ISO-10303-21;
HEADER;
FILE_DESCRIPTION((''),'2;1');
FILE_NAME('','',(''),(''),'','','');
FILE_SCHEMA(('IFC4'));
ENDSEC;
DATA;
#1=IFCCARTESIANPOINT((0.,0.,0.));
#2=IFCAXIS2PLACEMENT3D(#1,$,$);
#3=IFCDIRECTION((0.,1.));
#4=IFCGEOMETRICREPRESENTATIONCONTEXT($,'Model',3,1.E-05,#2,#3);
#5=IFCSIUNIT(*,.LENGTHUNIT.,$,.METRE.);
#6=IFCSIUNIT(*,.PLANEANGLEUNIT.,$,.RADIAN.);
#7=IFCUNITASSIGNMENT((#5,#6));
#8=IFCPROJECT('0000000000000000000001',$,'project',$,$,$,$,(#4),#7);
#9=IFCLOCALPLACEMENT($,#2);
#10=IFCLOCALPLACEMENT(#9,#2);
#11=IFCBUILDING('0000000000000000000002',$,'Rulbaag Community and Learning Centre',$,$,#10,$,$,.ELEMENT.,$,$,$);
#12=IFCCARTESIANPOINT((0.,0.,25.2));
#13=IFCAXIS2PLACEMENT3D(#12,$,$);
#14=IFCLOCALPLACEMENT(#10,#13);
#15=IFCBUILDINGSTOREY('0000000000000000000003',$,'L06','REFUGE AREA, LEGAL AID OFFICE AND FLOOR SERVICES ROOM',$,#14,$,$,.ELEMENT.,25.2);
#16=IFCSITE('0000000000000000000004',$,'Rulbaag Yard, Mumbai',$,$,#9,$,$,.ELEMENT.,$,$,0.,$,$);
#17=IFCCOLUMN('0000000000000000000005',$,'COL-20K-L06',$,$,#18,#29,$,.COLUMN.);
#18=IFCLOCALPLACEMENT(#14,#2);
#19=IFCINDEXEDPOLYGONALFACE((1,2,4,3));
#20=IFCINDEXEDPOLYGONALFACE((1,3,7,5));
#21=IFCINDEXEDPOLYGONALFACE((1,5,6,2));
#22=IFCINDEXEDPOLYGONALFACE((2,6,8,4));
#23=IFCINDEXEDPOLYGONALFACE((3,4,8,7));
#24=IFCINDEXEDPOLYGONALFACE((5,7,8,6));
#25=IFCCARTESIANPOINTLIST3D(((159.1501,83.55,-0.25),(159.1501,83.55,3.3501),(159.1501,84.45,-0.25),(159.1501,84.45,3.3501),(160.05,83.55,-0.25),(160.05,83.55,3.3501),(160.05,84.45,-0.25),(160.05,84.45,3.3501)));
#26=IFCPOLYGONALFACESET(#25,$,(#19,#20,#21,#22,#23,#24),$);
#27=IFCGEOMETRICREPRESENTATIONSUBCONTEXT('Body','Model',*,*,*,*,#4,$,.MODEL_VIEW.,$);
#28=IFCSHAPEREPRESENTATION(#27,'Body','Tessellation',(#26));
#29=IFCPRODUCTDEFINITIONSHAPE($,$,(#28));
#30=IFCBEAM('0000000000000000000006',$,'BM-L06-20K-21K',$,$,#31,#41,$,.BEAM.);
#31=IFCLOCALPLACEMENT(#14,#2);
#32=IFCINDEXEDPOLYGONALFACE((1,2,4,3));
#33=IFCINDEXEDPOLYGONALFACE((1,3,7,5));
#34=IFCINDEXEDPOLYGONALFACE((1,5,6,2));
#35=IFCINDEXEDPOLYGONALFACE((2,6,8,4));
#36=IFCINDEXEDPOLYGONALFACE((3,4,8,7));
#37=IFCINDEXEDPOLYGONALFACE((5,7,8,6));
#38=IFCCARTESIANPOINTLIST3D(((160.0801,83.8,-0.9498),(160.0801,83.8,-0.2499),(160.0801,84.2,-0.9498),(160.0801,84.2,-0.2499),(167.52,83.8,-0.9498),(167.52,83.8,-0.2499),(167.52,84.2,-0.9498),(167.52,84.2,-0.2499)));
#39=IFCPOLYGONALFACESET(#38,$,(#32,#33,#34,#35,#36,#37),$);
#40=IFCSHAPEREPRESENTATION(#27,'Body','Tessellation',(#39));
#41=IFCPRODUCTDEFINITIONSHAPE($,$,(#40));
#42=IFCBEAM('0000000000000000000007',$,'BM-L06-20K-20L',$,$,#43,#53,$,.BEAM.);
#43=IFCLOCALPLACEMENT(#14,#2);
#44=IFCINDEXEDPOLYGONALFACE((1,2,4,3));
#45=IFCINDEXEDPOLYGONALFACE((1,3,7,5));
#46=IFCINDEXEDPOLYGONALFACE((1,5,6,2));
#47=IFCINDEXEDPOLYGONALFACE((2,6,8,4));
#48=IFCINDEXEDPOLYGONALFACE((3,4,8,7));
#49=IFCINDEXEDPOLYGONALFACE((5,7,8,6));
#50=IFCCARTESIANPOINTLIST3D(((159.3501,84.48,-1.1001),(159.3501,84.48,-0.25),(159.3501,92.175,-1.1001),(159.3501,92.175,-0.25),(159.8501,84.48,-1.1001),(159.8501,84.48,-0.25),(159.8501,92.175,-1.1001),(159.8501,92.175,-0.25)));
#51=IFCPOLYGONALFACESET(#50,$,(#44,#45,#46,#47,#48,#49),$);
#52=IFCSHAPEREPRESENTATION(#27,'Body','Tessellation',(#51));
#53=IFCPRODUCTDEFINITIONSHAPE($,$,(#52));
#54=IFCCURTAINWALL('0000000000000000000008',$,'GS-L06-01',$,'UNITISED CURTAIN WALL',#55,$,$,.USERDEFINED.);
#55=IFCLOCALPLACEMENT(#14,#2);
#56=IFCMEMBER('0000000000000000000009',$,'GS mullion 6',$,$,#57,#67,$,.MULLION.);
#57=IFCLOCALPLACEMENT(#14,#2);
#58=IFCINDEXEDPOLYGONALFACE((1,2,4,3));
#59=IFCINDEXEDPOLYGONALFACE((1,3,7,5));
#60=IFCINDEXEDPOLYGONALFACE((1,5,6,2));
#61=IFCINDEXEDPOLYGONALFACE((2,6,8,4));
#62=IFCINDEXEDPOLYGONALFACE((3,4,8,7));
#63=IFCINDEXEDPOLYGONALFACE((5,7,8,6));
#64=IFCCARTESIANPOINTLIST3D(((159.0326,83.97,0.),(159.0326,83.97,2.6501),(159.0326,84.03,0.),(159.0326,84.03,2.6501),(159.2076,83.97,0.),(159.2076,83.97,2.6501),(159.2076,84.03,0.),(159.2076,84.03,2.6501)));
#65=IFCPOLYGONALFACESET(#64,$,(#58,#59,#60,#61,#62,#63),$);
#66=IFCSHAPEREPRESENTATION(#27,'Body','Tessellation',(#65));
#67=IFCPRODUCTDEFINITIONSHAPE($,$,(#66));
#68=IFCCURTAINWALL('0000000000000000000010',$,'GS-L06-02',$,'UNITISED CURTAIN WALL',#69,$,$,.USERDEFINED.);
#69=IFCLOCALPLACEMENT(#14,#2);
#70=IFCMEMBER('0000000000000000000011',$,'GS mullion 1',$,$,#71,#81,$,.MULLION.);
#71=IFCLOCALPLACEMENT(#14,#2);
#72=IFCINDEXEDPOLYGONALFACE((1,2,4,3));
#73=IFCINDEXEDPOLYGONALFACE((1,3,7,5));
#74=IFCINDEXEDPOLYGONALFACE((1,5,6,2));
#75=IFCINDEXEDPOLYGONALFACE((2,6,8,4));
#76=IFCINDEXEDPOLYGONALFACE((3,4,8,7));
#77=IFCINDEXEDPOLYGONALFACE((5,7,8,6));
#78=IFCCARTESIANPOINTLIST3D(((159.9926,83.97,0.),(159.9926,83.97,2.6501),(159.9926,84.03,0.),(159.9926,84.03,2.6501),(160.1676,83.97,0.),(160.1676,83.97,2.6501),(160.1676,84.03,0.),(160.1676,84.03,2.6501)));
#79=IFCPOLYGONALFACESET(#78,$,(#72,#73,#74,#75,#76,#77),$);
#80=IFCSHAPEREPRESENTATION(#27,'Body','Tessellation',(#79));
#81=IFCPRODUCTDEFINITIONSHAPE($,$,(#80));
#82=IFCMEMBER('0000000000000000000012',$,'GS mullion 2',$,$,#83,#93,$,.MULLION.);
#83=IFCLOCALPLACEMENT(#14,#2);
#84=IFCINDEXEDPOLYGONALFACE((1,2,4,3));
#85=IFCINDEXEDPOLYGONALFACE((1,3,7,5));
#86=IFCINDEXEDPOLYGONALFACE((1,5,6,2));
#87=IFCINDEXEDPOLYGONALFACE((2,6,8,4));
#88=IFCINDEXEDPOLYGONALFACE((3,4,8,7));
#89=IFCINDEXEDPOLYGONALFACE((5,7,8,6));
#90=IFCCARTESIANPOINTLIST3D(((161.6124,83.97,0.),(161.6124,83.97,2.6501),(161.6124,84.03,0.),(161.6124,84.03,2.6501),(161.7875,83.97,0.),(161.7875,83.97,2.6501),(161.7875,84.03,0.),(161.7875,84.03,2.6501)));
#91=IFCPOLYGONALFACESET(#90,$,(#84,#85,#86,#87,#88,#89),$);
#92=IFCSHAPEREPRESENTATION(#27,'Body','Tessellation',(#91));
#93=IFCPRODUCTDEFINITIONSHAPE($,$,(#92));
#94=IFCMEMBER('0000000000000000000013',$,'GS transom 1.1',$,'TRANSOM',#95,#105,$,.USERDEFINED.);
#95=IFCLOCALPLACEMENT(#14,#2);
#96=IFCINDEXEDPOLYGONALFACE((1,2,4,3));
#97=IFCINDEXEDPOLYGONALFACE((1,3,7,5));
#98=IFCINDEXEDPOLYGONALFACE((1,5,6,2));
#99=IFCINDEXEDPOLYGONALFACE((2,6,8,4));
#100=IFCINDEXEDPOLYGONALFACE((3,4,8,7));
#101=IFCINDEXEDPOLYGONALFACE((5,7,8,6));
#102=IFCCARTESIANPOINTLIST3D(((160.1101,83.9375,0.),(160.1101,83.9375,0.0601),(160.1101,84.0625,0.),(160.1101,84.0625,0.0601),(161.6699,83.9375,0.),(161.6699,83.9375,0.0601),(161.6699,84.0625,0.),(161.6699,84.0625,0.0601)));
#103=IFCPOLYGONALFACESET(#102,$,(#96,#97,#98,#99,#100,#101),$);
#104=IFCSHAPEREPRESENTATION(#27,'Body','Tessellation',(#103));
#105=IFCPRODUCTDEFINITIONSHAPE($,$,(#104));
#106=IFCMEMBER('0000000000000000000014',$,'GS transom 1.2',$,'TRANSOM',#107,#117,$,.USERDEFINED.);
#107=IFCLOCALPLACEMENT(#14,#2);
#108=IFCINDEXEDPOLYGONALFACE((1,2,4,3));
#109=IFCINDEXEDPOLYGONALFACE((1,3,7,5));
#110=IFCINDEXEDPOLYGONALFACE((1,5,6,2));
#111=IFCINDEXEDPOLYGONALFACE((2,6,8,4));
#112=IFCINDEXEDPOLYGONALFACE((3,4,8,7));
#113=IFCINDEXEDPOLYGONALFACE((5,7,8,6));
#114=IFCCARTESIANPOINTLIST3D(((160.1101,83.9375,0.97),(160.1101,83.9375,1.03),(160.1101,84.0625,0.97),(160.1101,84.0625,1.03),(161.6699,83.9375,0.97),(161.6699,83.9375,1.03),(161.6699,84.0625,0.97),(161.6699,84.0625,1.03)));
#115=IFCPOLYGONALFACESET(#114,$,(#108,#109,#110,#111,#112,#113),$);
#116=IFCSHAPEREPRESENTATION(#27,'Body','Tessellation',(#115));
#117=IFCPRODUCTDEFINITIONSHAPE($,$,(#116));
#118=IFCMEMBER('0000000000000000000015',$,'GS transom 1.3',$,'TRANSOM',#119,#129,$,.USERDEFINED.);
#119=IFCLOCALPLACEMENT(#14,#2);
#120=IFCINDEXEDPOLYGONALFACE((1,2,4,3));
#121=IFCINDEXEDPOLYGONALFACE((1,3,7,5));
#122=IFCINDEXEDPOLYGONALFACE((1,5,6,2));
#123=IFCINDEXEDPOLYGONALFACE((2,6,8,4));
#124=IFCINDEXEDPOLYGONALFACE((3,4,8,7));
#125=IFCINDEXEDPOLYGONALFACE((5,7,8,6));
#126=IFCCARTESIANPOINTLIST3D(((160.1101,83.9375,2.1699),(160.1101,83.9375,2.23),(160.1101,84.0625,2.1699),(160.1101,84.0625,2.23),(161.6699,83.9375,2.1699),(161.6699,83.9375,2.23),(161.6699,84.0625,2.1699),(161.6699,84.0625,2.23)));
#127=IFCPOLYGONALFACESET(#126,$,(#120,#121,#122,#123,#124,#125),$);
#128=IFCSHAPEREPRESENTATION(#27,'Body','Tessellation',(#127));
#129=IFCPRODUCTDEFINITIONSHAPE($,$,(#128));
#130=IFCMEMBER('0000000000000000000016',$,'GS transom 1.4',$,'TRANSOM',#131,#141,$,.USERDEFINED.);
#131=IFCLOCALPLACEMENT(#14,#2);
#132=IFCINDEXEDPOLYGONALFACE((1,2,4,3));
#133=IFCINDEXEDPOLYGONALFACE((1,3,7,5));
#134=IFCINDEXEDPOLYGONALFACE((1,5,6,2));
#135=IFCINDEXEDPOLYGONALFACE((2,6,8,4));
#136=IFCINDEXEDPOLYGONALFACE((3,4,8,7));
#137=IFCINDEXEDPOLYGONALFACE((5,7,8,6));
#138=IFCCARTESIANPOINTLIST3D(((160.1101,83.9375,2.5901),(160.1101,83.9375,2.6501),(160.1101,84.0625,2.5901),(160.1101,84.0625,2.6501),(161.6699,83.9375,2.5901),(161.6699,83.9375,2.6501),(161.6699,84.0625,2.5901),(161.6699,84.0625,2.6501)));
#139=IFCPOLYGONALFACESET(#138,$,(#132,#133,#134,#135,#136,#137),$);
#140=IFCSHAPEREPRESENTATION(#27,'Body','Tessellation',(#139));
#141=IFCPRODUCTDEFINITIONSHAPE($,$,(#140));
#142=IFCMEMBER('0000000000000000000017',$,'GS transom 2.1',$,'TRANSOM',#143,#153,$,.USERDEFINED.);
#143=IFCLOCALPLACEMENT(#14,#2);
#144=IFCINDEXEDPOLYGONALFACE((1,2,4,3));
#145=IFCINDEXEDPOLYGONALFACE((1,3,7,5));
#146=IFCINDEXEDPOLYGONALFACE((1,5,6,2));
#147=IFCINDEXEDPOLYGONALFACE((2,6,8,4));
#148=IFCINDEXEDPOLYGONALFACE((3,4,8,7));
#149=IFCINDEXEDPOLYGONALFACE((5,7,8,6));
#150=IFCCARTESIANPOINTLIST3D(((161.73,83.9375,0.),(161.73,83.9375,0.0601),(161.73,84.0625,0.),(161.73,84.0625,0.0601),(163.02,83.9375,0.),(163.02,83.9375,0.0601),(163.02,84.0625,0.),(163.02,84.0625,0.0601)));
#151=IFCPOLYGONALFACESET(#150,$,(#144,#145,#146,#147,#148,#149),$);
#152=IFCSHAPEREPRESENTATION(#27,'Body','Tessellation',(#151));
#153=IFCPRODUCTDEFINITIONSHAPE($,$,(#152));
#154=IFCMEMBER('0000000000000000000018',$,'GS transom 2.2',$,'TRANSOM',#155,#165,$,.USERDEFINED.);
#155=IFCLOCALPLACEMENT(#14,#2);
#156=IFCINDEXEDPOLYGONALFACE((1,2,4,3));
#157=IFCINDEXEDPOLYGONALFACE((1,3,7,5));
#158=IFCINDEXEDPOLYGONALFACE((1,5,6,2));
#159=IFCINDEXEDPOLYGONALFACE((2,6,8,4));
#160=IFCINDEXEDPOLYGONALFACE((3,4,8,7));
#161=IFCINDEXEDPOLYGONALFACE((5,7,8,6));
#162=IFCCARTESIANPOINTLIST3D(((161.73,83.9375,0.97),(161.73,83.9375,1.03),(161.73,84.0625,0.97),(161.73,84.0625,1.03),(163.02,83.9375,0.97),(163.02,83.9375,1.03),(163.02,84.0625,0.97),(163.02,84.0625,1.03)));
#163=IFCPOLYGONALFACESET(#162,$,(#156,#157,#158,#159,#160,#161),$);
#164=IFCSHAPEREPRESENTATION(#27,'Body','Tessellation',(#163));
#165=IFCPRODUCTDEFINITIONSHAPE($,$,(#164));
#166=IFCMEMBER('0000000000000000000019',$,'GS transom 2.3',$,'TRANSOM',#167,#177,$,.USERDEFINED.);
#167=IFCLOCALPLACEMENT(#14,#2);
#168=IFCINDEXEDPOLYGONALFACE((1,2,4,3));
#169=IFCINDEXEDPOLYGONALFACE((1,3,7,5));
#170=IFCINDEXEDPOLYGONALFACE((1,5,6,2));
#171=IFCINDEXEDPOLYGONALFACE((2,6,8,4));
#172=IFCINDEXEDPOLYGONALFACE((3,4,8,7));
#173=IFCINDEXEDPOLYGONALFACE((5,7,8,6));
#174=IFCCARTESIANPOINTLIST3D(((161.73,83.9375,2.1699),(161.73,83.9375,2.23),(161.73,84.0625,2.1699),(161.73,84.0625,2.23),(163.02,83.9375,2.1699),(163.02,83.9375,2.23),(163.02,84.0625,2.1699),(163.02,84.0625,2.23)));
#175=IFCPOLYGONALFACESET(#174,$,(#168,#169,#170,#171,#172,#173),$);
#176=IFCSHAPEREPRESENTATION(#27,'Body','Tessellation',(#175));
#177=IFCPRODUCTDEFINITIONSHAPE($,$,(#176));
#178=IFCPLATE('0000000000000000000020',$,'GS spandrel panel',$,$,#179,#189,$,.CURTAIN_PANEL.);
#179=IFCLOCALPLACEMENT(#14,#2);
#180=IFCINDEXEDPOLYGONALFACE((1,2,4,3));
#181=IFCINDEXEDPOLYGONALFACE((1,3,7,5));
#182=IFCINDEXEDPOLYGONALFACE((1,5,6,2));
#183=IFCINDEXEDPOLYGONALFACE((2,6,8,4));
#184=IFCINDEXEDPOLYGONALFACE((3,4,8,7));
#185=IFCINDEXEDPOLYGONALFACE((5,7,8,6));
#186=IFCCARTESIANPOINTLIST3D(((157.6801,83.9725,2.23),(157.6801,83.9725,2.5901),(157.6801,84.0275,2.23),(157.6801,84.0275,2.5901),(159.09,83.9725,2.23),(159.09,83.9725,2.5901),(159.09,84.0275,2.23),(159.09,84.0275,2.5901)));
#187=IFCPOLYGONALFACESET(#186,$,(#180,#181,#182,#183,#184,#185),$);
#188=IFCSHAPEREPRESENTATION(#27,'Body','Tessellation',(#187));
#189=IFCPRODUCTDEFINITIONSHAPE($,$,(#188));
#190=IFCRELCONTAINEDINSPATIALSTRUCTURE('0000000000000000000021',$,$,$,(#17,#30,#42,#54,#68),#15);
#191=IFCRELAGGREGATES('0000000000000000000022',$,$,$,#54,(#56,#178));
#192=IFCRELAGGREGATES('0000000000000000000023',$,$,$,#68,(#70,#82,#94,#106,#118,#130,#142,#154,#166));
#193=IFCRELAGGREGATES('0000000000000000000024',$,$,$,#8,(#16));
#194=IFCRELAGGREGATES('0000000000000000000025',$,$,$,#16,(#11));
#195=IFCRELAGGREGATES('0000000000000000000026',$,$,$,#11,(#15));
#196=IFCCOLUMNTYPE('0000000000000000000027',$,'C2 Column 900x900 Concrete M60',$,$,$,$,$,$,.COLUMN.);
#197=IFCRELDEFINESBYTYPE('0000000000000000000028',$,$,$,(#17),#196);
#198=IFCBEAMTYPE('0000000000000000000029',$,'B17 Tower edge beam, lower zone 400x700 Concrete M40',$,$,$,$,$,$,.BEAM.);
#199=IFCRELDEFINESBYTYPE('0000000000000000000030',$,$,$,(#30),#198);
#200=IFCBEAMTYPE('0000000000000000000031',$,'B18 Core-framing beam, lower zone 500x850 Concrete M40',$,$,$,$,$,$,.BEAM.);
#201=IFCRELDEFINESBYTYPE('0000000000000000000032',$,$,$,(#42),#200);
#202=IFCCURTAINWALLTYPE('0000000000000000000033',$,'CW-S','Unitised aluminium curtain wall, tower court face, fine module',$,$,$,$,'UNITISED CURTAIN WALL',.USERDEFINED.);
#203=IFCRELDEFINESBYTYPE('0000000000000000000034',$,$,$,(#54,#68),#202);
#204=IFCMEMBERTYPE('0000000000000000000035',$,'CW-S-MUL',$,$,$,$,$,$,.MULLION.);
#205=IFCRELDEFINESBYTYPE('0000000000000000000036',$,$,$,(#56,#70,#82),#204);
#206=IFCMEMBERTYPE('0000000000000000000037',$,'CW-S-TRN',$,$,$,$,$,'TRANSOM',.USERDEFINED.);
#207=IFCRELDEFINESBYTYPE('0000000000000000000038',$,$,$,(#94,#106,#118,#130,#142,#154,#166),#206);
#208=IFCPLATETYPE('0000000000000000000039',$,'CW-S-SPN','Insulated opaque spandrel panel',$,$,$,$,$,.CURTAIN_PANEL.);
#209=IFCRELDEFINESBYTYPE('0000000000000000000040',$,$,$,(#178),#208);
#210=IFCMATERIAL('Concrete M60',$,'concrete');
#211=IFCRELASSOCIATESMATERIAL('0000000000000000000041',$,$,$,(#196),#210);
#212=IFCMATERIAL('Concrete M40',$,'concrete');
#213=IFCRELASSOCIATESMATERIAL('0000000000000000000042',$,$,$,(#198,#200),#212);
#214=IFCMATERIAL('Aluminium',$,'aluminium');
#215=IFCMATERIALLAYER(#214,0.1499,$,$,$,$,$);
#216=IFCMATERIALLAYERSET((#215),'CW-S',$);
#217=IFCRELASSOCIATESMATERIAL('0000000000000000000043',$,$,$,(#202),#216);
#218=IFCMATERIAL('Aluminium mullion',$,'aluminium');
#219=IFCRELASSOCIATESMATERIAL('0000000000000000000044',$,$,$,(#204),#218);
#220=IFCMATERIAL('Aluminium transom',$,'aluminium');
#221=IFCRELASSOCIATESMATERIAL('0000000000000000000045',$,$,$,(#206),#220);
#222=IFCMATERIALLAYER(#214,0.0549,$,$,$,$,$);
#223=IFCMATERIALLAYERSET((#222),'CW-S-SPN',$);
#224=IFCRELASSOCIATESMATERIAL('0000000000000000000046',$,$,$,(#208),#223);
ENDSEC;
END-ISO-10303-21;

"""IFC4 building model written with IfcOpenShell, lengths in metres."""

from ifc_helpers import new_model, si_unit, direction, frame, origin, origin_2d, place, context, subcontext, project, spatial, rectangle, extrude, material, layer, layer_set, material_profile, profile_set, type_object, element, aggregate, save


model = new_model("IFC4")

# Units and contexts
model_context = context("Model", 3, precision=1e-05, world=origin(), true_north=direction((0.0, 1.0)))
body_context = subcontext(model_context, "Body", "Model", "MODEL_VIEW")
ifc_project = project(units=[si_unit("LENGTHUNIT", "METRE"), si_unit("PLANEANGLEUNIT", "RADIAN")], contexts=[model_context])

# Site, building, storey
site_placement = place(None, origin())
site = spatial("IfcSite", under=ifc_project, at=site_placement, Name="Rulbaag Yard, Mumbai", CompositionType="ELEMENT", RefElevation=0.0)
building_placement = place(site_placement, origin())
building = spatial("IfcBuilding", under=site, at=building_placement, Name="Rulbaag Community and Learning Centre", CompositionType="ELEMENT")
storey_placement = place(building_placement, frame((0.0, 0.0, 25.2)))
storey = spatial("IfcBuildingStorey", under=building, at=storey_placement, Name="L06", Description="REFUGE AREA, LEGAL AID OFFICE AND FLOOR SERVICES ROOM", CompositionType="ELEMENT", Elevation=25.2)

# Column
ifc_material_1 = material(Name="Concrete M60", Category="concrete")
ifc_material_profile_1 = material_profile(ifc_material_1, rectangle(XDim=0.8999, YDim=0.8999, at=origin_2d()), Name="RC900x900")
ifc_profile_set_1 = profile_set([ifc_material_profile_1], Name="Concrete M60")
column_type = type_object("IfcColumnType", Name="C2 Column 900x900 Concrete M60", PredefinedType="COLUMN", material=ifc_profile_set_1)
column_placement = place(storey_placement, frame((159.6001, 84.0, -0.25), z_axis=(0.0, 0.0, 1.0), x_axis=(1.0, 0.0, 0.0)))
element("IfcColumn", 1, at=column_placement, inside=storey, type_object=column_type, Name="COL-20K-L06", PredefinedType="COLUMN", context=body_context, shape_type="SweptSolid", body=[
    extrude(rectangle(XDim=0.8999, YDim=0.8999, at=origin_2d()), origin(), (0.0, 0.0, 1.0), 3.6001),
])

# Beams
ifc_material_2 = material(Name="Concrete M40", Category="concrete")
ifc_material_profile_2 = material_profile(ifc_material_2, rectangle(XDim=0.3999, YDim=0.7, at=origin_2d()), Name="RB400x700")
ifc_profile_set_2 = profile_set([ifc_material_profile_2], Name="Concrete M40")
beam_type_1 = type_object("IfcBeamType", Name="B17 Tower edge beam, lower zone 400x700 Concrete M40", PredefinedType="BEAM", material=ifc_profile_set_2)
beam_1_placement = place(storey_placement, frame((160.0801, 84.0, -0.5999), z_axis=(1.0, 0.0, 0.0), x_axis=(0.0, 1.0, 0.0)))
element("IfcBeam", 2, at=beam_1_placement, inside=storey, type_object=beam_type_1, Name="BM-L06-20K-21K", PredefinedType="BEAM", context=body_context, shape_type="SweptSolid", body=[
    extrude(rectangle(XDim=0.3999, YDim=0.7, at=origin_2d()), origin(), (0.0, 0.0, 1.0), 7.4399),
])
ifc_material_profile_3 = material_profile(ifc_material_2, rectangle(XDim=0.5, YDim=0.8501, at=origin_2d()), Name="RB500x850")
ifc_profile_set_3 = profile_set([ifc_material_profile_3], Name="Concrete M40")
beam_type_2 = type_object("IfcBeamType", Name="B18 Core-framing beam, lower zone 500x850 Concrete M40", PredefinedType="BEAM", material=ifc_profile_set_3)
beam_2_placement = place(storey_placement, frame((159.6001, 84.48, -0.675), z_axis=(0.0, 1.0, 0.0), x_axis=(-1.0, 0.0, 0.0)))
element("IfcBeam", 3, at=beam_2_placement, inside=storey, type_object=beam_type_2, Name="BM-L06-20K-20L", PredefinedType="BEAM", context=body_context, shape_type="SweptSolid", body=[
    extrude(rectangle(XDim=0.5, YDim=0.8501, at=origin_2d()), origin(), (0.0, 0.0, 1.0), 7.6951),
])

# Curtain wall, member
ifc_material_3 = material(Name="Aluminium", Category="aluminium")
ifc_layer_1 = layer(ifc_material_3, 0.1499)
ifc_layer_set_1 = layer_set([ifc_layer_1], Name="CW-S")
curtain_wall_type = type_object("IfcCurtainWallType", Name="CW-S", Description="Unitised aluminium curtain wall, tower court face, fine module", ElementType="UNITISED CURTAIN WALL", PredefinedType="USERDEFINED", material=ifc_layer_set_1)
curtain_wall_1_placement = place(storey_placement, origin())
curtain_wall_1 = element("IfcCurtainWall", 4, at=curtain_wall_1_placement, inside=storey, type_object=curtain_wall_type, Name="GS-L06-01", ObjectType="UNITISED CURTAIN WALL", PredefinedType="USERDEFINED")
ifc_material_4 = material(Name="Aluminium mullion", Category="aluminium")
ifc_material_profile_4 = material_profile(ifc_material_4, rectangle(XDim=0.0601, YDim=0.175, at=origin_2d()), Name="AL 60x175")
ifc_profile_set_4 = profile_set([ifc_material_profile_4], Name="Aluminium mullion")
member_type_1 = type_object("IfcMemberType", Name="CW-S-MUL", PredefinedType="MULLION", material=ifc_profile_set_4)
member_1_placement = place(storey_placement, frame((159.1201, 84.0, 0.0), z_axis=(0.0, 0.0, 1.0), x_axis=(0.0, 1.0, 0.0)))
member_1 = element("IfcMember", 5, at=member_1_placement, type_object=member_type_1, Name="GS mullion 6", PredefinedType="MULLION", context=body_context, shape_type="SweptSolid", body=[
    extrude(rectangle(XDim=0.0601, YDim=0.175, at=origin_2d()), origin(), (0.0, 0.0, 1.0), 2.6501),
])

# Curtain wall, members
curtain_wall_2_placement = place(storey_placement, origin())
curtain_wall_2 = element("IfcCurtainWall", 6, at=curtain_wall_2_placement, inside=storey, type_object=curtain_wall_type, Name="GS-L06-02", ObjectType="UNITISED CURTAIN WALL", PredefinedType="USERDEFINED")
member_2_placement = place(storey_placement, frame((160.0801, 84.0, 0.0), z_axis=(0.0, 0.0, 1.0), x_axis=(0.0, 1.0, 0.0)))
member_2 = element("IfcMember", 7, at=member_2_placement, type_object=member_type_1, Name="GS mullion 1", PredefinedType="MULLION", context=body_context, shape_type="SweptSolid", body=[
    extrude(rectangle(XDim=0.0601, YDim=0.175, at=origin_2d()), origin(), (0.0, 0.0, 1.0), 2.6501),
])
member_3_placement = place(storey_placement, frame((161.7, 84.0, 0.0), z_axis=(0.0, 0.0, 1.0), x_axis=(0.0, 1.0, 0.0)))
member_3 = element("IfcMember", 8, at=member_3_placement, type_object=member_type_1, Name="GS mullion 2", PredefinedType="MULLION", context=body_context, shape_type="SweptSolid", body=[
    extrude(rectangle(XDim=0.0601, YDim=0.175, at=origin_2d()), origin(), (0.0, 0.0, 1.0), 2.6501),
])
ifc_material_5 = material(Name="Aluminium transom", Category="aluminium")
ifc_material_profile_5 = material_profile(ifc_material_5, rectangle(XDim=0.125, YDim=0.0601, at=origin_2d()), Name="AL 60x125 T")
ifc_profile_set_5 = profile_set([ifc_material_profile_5], Name="Aluminium transom")
member_type_2 = type_object("IfcMemberType", Name="CW-S-TRN", ElementType="TRANSOM", PredefinedType="USERDEFINED", material=ifc_profile_set_5)
member_4_placement = place(storey_placement, frame((160.1101, 84.0, 0.03), z_axis=(1.0, 0.0, 0.0), x_axis=(0.0, 1.0, 0.0)))
member_4 = element("IfcMember", 9, at=member_4_placement, type_object=member_type_2, Name="GS transom 1.1", ObjectType="TRANSOM", PredefinedType="USERDEFINED", context=body_context, shape_type="SweptSolid", body=[
    extrude(rectangle(XDim=0.125, YDim=0.0601, at=origin_2d()), origin(), (0.0, 0.0, 1.0), 1.5598),
])
member_5_placement = place(storey_placement, frame((160.1101, 84.0, 1.0), z_axis=(1.0, 0.0, 0.0), x_axis=(0.0, 1.0, 0.0)))
member_5 = element("IfcMember", 10, at=member_5_placement, type_object=member_type_2, Name="GS transom 1.2", ObjectType="TRANSOM", PredefinedType="USERDEFINED", context=body_context, shape_type="SweptSolid", body=[
    extrude(rectangle(XDim=0.125, YDim=0.0601, at=origin_2d()), origin(), (0.0, 0.0, 1.0), 1.5598),
])
member_6_placement = place(storey_placement, frame((160.1101, 84.0, 2.2), z_axis=(1.0, 0.0, 0.0), x_axis=(0.0, 1.0, 0.0)))
member_6 = element("IfcMember", 11, at=member_6_placement, type_object=member_type_2, Name="GS transom 1.3", ObjectType="TRANSOM", PredefinedType="USERDEFINED", context=body_context, shape_type="SweptSolid", body=[
    extrude(rectangle(XDim=0.125, YDim=0.0601, at=origin_2d()), origin(), (0.0, 0.0, 1.0), 1.5598),
])
member_7_placement = place(storey_placement, frame((160.1101, 84.0, 2.6201), z_axis=(1.0, 0.0, 0.0), x_axis=(0.0, 1.0, 0.0)))
member_7 = element("IfcMember", 12, at=member_7_placement, type_object=member_type_2, Name="GS transom 1.4", ObjectType="TRANSOM", PredefinedType="USERDEFINED", context=body_context, shape_type="SweptSolid", body=[
    extrude(rectangle(XDim=0.125, YDim=0.0601, at=origin_2d()), origin(), (0.0, 0.0, 1.0), 1.5598),
])
member_8_placement = place(storey_placement, frame((161.73, 84.0, 0.03), z_axis=(1.0, 0.0, 0.0), x_axis=(0.0, 1.0, 0.0)))
member_8 = element("IfcMember", 13, at=member_8_placement, type_object=member_type_2, Name="GS transom 2.1", ObjectType="TRANSOM", PredefinedType="USERDEFINED", context=body_context, shape_type="SweptSolid", body=[
    extrude(rectangle(XDim=0.125, YDim=0.0601, at=origin_2d()), origin(), (0.0, 0.0, 1.0), 1.29),
])
member_9_placement = place(storey_placement, frame((161.73, 84.0, 1.0), z_axis=(1.0, 0.0, 0.0), x_axis=(0.0, 1.0, 0.0)))
member_9 = element("IfcMember", 14, at=member_9_placement, type_object=member_type_2, Name="GS transom 2.2", ObjectType="TRANSOM", PredefinedType="USERDEFINED", context=body_context, shape_type="SweptSolid", body=[
    extrude(rectangle(XDim=0.125, YDim=0.0601, at=origin_2d()), origin(), (0.0, 0.0, 1.0), 1.29),
])
member_10_placement = place(storey_placement, frame((161.73, 84.0, 2.2), z_axis=(1.0, 0.0, 0.0), x_axis=(0.0, 1.0, 0.0)))
member_10 = element("IfcMember", 15, at=member_10_placement, type_object=member_type_2, Name="GS transom 2.3", ObjectType="TRANSOM", PredefinedType="USERDEFINED", context=body_context, shape_type="SweptSolid", body=[
    extrude(rectangle(XDim=0.125, YDim=0.0601, at=origin_2d()), origin(), (0.0, 0.0, 1.0), 1.29),
])

# Plate
ifc_layer_2 = layer(ifc_material_3, 0.0549)
ifc_layer_set_2 = layer_set([ifc_layer_2], Name="CW-S-SPN")
plate_type_1 = type_object("IfcPlateType", Name="CW-S-SPN", Description="Insulated opaque spandrel panel", PredefinedType="CURTAIN_PANEL", material=ifc_layer_set_2)
plate_1_placement = place(storey_placement, frame((158.385, 84.0, 2.23), z_axis=(0.0, 0.0, 1.0), x_axis=(1.0, 0.0, 0.0)))
plate_1 = element("IfcPlate", 16, at=plate_1_placement, type_object=plate_type_1, Name="GS spandrel panel", PredefinedType="CURTAIN_PANEL", context=body_context, shape_type="SweptSolid", body=[
    extrude(rectangle(XDim=1.4099, YDim=0.0549, at=origin_2d()), origin(), (0.0, 0.0, 1.0), 0.3601),
])
aggregate(curtain_wall_1, [member_1, plate_1])
aggregate(curtain_wall_2, [member_2, member_3, member_4, member_5, member_6, member_7, member_8, member_9, member_10])

save(model, "model.ifc")
